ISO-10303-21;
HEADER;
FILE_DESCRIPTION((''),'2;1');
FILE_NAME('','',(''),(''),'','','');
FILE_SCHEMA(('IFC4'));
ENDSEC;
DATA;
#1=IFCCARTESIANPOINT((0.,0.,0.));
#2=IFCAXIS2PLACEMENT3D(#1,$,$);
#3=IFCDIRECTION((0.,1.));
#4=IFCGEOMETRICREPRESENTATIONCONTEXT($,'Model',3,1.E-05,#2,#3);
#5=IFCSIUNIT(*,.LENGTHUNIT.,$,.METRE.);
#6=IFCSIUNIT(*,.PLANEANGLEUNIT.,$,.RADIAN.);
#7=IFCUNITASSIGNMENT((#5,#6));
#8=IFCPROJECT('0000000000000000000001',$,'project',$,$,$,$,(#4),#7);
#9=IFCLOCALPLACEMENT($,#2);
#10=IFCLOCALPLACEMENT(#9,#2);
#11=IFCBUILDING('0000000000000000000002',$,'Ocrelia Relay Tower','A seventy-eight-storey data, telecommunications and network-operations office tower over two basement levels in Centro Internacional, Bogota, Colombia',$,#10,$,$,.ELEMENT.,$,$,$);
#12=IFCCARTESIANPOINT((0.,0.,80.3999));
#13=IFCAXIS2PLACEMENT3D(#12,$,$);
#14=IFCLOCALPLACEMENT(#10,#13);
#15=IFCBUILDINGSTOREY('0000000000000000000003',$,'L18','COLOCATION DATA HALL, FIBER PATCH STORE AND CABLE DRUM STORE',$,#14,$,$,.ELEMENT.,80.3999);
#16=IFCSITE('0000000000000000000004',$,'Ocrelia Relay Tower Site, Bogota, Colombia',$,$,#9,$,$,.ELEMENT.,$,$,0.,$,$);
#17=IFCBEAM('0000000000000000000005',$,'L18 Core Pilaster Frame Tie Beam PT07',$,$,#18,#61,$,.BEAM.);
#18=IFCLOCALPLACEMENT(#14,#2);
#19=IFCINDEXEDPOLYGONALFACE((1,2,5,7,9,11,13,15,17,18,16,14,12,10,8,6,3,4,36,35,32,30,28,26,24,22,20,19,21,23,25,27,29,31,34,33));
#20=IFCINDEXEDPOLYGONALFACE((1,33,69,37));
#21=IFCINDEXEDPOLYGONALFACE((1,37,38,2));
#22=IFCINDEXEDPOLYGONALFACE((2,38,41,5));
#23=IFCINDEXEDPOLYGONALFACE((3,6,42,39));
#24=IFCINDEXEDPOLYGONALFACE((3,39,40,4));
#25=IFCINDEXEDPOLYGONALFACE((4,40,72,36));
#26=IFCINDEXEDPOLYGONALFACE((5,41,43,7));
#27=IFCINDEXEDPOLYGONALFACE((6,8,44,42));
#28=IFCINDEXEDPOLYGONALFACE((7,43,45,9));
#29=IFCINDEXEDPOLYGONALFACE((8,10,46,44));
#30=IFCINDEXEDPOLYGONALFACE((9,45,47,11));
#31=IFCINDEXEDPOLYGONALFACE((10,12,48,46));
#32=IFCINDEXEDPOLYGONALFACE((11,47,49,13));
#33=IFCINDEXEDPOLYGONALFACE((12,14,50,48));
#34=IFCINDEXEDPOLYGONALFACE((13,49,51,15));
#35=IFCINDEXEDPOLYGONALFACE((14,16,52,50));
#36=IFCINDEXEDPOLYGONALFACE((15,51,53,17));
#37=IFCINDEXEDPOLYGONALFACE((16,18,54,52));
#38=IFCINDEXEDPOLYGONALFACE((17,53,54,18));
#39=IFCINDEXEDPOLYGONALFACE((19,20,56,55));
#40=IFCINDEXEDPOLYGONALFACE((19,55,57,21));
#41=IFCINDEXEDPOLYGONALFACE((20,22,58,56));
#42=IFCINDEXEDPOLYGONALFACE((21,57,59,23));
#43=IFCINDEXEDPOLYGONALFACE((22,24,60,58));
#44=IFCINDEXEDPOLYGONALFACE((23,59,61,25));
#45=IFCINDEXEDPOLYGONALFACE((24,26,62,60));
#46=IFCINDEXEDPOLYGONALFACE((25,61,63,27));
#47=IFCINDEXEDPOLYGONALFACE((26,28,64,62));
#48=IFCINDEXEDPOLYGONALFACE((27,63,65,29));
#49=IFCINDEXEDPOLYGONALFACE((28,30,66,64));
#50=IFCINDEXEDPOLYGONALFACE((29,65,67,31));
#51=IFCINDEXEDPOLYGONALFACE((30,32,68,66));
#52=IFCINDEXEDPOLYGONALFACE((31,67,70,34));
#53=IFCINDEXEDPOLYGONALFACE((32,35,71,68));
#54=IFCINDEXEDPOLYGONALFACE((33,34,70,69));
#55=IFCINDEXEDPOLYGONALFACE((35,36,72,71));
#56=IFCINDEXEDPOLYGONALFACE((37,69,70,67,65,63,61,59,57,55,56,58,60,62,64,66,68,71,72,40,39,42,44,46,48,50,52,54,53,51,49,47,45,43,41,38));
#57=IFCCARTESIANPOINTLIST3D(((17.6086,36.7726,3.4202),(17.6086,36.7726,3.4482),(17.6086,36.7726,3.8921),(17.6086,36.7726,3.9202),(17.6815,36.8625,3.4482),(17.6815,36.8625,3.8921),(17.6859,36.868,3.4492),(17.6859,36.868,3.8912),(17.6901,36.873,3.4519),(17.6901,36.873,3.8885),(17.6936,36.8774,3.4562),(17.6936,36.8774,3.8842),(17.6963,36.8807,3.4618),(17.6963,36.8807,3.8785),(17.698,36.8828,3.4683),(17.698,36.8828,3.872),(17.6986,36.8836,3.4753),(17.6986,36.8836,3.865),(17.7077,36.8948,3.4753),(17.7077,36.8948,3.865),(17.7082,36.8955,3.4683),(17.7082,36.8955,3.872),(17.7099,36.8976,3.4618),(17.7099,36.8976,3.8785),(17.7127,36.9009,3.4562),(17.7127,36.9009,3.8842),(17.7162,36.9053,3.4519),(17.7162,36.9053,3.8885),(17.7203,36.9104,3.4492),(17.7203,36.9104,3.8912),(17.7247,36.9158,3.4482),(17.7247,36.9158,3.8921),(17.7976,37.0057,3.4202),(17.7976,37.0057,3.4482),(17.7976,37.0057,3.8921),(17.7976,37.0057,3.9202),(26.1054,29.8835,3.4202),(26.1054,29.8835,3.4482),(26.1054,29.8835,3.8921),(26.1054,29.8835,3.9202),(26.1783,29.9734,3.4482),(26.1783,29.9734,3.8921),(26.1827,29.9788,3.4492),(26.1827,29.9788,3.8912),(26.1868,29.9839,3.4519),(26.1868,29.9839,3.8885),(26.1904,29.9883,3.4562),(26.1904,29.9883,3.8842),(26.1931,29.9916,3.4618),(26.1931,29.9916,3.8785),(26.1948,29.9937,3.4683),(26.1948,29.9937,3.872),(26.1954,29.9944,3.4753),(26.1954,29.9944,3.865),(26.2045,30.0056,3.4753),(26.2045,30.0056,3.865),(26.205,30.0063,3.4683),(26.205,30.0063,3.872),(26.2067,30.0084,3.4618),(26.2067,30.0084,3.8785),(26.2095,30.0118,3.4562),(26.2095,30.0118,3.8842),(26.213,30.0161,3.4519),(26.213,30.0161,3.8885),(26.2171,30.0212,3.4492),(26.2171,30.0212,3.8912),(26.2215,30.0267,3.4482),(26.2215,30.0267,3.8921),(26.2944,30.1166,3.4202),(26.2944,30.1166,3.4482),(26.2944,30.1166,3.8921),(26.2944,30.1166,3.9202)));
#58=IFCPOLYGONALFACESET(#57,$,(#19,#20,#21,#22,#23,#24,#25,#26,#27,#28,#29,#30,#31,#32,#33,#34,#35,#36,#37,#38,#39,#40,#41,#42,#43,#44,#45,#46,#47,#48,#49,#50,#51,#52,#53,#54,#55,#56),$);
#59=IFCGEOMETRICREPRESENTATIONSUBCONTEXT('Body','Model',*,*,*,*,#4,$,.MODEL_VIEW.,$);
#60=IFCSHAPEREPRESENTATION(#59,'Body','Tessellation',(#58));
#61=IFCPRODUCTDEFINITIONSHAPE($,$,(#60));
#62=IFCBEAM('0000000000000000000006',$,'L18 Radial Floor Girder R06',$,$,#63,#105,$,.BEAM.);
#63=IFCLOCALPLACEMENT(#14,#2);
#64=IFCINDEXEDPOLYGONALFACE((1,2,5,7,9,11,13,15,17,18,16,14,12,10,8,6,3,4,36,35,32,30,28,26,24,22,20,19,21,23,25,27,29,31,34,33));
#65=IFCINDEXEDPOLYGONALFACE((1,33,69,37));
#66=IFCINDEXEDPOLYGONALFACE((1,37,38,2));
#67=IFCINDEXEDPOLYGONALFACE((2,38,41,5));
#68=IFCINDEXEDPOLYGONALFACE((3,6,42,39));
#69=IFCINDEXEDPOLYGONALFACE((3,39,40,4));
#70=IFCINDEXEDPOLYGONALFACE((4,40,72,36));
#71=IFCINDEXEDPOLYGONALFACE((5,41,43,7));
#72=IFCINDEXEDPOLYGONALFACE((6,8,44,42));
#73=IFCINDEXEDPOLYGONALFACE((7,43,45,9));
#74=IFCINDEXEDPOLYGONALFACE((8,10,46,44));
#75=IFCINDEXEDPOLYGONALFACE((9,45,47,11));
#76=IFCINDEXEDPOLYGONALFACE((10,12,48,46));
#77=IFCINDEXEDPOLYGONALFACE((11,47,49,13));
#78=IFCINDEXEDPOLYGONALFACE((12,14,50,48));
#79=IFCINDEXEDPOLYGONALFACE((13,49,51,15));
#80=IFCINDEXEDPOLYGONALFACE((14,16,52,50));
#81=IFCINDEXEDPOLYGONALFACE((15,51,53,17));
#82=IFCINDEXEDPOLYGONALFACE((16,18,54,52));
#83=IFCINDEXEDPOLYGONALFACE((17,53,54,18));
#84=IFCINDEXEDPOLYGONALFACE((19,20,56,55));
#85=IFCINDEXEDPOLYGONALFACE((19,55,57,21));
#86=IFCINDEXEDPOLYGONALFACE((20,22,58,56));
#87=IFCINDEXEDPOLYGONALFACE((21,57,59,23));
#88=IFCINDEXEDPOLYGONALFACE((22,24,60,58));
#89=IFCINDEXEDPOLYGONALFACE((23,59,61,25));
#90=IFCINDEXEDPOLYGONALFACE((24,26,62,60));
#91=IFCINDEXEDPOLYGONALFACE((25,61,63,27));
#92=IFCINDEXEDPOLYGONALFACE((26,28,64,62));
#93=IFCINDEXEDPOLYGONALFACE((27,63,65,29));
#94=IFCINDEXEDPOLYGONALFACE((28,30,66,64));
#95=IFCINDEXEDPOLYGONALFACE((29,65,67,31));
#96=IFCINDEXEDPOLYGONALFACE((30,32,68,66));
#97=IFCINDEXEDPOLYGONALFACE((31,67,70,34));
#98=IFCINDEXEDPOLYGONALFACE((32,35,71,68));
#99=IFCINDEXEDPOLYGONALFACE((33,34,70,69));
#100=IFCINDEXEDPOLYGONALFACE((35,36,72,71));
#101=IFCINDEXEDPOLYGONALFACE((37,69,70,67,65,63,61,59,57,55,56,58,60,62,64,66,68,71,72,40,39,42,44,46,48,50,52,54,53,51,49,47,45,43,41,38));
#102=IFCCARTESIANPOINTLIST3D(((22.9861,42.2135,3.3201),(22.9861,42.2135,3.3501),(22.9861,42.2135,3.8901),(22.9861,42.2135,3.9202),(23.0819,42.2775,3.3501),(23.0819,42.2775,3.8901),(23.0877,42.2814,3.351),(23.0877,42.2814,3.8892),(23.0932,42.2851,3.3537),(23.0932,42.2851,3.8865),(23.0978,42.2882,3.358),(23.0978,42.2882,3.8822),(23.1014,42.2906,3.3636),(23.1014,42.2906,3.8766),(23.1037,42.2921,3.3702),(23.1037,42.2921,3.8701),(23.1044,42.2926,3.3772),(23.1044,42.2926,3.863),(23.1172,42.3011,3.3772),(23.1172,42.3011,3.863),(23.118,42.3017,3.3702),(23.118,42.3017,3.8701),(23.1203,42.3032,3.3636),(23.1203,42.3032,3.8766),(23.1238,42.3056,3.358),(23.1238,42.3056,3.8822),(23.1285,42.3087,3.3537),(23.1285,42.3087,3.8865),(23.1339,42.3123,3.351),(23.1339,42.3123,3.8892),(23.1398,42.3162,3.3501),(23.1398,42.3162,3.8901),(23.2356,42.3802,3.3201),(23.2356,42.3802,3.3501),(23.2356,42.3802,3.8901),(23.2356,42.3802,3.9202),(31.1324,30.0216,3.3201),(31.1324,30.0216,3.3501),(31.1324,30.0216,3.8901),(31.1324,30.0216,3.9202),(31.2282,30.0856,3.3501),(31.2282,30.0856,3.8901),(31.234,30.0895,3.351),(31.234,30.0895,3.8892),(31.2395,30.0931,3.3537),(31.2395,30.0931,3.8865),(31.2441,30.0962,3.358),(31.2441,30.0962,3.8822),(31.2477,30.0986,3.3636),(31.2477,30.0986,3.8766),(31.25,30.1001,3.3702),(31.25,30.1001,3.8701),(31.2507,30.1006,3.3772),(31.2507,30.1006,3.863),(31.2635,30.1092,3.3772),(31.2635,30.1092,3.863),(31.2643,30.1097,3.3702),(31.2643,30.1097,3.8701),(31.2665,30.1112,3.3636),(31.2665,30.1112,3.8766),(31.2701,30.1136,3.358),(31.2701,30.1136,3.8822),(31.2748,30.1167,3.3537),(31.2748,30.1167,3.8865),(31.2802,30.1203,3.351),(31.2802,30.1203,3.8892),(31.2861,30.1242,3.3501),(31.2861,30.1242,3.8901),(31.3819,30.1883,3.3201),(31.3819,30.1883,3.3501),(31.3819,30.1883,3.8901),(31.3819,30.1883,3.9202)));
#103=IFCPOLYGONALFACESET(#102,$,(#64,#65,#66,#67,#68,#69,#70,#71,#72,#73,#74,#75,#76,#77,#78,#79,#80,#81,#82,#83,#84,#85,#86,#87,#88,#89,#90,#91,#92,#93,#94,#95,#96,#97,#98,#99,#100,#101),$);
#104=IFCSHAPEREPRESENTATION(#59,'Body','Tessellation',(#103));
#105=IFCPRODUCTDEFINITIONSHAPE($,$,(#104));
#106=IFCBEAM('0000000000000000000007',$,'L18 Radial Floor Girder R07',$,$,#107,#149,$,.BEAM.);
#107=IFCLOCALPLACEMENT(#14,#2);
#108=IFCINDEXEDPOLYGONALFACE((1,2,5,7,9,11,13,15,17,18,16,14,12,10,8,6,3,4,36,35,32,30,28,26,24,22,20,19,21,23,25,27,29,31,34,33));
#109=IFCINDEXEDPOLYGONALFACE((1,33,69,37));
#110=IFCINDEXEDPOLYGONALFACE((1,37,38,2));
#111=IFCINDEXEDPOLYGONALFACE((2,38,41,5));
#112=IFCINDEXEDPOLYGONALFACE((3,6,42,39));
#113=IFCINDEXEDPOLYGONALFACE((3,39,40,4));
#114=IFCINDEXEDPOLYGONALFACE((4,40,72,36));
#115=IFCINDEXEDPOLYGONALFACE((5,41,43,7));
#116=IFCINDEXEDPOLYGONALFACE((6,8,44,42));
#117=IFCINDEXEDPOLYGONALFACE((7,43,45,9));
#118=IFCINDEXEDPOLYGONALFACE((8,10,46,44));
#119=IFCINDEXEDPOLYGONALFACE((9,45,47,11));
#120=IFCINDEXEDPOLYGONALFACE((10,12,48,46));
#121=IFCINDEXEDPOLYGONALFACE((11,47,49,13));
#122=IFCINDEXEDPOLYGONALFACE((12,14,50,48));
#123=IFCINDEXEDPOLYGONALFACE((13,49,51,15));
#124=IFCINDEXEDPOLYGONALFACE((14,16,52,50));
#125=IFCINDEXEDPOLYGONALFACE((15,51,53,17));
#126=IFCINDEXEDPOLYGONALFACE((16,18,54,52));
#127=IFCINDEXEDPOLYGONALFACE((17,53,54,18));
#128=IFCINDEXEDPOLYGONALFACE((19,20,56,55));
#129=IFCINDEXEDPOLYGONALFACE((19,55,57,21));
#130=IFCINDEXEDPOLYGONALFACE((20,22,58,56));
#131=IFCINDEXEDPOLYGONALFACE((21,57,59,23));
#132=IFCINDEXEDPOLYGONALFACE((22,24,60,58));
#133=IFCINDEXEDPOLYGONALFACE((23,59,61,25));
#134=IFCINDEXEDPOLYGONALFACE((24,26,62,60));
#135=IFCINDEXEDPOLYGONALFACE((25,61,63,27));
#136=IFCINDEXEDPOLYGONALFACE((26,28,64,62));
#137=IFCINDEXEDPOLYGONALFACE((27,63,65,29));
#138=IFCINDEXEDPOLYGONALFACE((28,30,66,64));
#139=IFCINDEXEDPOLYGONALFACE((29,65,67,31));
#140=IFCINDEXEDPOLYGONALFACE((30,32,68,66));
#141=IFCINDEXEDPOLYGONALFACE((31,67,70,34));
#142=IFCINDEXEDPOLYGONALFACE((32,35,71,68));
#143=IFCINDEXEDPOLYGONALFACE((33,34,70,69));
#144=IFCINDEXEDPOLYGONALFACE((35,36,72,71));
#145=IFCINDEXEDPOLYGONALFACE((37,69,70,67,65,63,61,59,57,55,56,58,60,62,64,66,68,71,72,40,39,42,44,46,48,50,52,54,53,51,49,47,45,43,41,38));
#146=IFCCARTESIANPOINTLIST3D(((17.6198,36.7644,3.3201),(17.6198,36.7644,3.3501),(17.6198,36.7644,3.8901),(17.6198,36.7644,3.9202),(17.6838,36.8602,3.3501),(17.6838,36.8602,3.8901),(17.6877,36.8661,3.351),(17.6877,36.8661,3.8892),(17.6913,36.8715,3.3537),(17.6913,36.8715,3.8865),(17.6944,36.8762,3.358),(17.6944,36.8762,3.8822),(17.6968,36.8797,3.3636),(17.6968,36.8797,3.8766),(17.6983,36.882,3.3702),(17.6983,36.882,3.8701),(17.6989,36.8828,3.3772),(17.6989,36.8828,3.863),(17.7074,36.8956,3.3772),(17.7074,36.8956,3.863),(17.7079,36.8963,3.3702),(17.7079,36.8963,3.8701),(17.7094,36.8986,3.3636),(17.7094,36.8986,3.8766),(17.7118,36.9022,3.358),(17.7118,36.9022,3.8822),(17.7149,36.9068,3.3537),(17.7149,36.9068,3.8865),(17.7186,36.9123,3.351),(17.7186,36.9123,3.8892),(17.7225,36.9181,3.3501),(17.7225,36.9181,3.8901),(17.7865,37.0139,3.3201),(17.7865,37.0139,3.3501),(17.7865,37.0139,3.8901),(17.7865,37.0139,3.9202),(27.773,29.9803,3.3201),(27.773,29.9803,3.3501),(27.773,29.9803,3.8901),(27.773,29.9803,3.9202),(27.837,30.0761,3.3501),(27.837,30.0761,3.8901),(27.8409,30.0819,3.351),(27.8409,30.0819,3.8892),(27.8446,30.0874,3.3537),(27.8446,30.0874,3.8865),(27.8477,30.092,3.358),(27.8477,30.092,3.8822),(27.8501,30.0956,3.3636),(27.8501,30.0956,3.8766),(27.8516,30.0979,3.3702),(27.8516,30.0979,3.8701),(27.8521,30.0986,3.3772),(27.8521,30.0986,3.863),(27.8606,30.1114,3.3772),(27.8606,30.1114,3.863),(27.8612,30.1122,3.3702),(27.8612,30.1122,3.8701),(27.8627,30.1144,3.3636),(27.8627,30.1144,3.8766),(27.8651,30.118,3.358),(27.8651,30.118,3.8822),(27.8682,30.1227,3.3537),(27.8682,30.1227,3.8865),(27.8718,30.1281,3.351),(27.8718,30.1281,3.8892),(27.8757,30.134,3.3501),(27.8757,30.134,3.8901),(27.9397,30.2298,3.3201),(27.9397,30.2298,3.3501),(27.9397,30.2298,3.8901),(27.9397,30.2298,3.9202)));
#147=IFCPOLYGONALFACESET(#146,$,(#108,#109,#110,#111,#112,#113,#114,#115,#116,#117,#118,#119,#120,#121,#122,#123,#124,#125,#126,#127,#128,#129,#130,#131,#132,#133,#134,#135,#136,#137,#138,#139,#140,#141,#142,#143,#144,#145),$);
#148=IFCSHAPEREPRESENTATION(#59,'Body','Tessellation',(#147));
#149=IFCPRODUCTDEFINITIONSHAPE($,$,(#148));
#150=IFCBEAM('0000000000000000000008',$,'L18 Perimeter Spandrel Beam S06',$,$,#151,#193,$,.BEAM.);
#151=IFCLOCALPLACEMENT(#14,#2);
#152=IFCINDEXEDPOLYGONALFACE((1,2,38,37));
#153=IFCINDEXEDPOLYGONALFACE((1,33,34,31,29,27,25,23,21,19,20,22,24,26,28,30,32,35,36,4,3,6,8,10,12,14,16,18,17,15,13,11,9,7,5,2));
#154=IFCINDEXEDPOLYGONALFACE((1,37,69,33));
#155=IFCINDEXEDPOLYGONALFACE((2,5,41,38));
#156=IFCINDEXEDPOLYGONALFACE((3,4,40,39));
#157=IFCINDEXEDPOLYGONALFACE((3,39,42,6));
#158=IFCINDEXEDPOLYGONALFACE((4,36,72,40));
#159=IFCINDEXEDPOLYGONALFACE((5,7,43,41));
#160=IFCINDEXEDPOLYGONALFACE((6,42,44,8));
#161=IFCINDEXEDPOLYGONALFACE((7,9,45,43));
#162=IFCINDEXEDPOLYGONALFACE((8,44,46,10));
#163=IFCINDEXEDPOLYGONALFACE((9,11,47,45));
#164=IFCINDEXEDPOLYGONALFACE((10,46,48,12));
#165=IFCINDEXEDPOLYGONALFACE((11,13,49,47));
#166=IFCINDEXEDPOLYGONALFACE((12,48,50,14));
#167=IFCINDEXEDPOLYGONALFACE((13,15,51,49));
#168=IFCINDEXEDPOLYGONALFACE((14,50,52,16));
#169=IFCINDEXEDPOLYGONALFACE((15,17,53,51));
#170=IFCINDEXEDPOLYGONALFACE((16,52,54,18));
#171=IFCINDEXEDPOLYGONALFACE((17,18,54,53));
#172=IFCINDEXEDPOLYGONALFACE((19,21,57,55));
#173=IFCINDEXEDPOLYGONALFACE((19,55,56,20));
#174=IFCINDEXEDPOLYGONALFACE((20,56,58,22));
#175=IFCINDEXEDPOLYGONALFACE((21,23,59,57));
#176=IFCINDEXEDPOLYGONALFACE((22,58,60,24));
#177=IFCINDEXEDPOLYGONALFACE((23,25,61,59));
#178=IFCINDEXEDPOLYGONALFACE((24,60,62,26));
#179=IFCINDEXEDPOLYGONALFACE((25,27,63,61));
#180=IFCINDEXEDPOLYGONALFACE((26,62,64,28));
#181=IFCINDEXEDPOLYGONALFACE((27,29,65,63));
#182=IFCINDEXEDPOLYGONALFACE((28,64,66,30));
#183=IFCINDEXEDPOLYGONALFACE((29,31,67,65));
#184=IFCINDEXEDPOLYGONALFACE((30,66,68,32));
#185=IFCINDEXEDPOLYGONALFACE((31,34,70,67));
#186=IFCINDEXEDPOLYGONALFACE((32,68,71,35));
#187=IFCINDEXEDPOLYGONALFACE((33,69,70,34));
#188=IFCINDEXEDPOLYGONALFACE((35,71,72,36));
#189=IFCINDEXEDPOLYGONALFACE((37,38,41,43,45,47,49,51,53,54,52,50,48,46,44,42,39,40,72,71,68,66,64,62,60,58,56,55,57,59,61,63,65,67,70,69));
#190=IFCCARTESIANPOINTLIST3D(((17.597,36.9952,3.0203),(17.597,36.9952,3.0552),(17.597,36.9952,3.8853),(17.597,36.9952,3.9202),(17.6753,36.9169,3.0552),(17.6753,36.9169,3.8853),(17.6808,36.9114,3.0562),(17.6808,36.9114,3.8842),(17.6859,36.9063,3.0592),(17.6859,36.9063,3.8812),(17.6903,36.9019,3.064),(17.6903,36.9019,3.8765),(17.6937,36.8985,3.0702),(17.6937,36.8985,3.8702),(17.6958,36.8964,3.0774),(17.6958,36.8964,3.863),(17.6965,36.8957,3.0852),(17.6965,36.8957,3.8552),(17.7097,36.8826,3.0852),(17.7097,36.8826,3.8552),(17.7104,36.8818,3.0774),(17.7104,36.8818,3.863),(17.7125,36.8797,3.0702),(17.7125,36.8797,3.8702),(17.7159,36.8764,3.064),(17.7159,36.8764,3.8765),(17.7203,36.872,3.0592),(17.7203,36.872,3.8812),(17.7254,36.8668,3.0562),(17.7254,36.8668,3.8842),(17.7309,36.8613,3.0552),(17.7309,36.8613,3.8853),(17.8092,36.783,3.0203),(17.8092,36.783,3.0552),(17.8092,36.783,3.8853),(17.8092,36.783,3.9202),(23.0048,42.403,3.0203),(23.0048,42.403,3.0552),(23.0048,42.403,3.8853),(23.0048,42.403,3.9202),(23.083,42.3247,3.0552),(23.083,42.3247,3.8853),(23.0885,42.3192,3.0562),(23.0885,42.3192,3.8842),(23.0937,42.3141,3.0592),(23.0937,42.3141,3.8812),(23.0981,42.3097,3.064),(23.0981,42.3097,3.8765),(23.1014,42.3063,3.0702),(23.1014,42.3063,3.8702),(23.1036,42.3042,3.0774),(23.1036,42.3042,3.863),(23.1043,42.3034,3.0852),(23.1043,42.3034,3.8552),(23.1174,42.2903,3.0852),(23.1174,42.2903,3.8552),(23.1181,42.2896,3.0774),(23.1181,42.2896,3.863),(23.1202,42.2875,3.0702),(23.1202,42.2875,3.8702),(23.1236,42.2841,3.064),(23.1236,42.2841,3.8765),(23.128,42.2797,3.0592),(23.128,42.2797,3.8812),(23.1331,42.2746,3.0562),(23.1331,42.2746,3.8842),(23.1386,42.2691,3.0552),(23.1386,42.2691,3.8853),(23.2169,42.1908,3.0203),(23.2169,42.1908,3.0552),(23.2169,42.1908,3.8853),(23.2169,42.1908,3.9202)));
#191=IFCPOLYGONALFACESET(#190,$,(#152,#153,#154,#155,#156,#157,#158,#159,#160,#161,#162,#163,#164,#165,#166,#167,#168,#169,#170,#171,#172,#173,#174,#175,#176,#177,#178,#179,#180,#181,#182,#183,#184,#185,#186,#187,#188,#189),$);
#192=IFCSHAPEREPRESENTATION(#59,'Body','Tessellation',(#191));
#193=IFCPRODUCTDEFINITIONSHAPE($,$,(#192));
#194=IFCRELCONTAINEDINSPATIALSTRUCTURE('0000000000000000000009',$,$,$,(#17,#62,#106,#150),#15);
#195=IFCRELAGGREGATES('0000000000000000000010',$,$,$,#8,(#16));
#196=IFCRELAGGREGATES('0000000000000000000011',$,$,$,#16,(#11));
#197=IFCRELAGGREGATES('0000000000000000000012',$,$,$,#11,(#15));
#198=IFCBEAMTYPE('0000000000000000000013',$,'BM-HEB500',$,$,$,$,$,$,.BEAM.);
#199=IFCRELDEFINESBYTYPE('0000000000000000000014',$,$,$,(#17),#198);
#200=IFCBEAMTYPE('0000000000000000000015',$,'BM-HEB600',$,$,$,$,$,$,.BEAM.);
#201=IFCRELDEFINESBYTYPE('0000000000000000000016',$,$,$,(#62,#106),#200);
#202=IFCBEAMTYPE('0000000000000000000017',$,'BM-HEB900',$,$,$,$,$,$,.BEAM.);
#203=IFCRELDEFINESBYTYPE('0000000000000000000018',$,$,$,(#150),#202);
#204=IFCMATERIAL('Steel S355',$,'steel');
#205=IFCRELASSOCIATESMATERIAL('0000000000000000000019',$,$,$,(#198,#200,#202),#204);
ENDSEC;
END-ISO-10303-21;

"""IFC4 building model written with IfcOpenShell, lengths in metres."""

from ifc_helpers import new_model, si_unit, direction, frame, origin, origin_2d, place, context, subcontext, project, spatial, i_section, extrude, material, material_profile, profile_set, type_object, element, save


model = new_model("IFC4")

# Units and contexts
model_context = context("Model", 3, precision=1e-05, world=origin(), true_north=direction((0.0, 1.0)))
body_context = subcontext(model_context, "Body", "Model", "MODEL_VIEW")
ifc_project = project(units=[si_unit("LENGTHUNIT", "METRE"), si_unit("PLANEANGLEUNIT", "RADIAN")], contexts=[model_context])

# Site, building, storey
site_placement = place(None, origin())
site = spatial("IfcSite", under=ifc_project, at=site_placement, Name="Ocrelia Relay Tower Site, Bogota, Colombia", CompositionType="ELEMENT", RefElevation=0.0)
building_placement = place(site_placement, origin())
building = spatial("IfcBuilding", under=site, at=building_placement, Name="Ocrelia Relay Tower", Description="A seventy-eight-storey data, telecommunications and network-operations office tower over two basement levels in Centro Internacional, Bogota, Colombia", CompositionType="ELEMENT")
storey_placement = place(building_placement, frame((0.0, 0.0, 80.3999)))
storey = spatial("IfcBuildingStorey", under=building, at=storey_placement, Name="L18", Description="COLOCATION DATA HALL, FIBER PATCH STORE AND CABLE DRUM STORE", CompositionType="ELEMENT", Elevation=80.3999)

# Beams
ifc_material_1 = material(Name="Steel S355", Category="steel")
ifc_material_profile_1 = material_profile(ifc_material_1, i_section(OverallWidth=0.3, OverallDepth=0.5, WebThickness=0.0144, FlangeThickness=0.0281, FilletRadius=0.0271, at=origin_2d()), Name="HEB 500")
ifc_profile_set_1 = profile_set([ifc_material_profile_1], Name="Steel S355")
beam_type_1 = type_object("IfcBeamType", Name="BM-HEB500", PredefinedType="BEAM", material=ifc_profile_set_1)
beam_1_placement = place(storey_placement, frame((17.7031, 36.8892, 3.6702), z_axis=(0.776763, -0.629793, 0.0), x_axis=(0.629793, 0.776763, 0.0)))
element("IfcBeam", 1, at=beam_1_placement, inside=storey, type_object=beam_type_1, Name="L18 Core Pilaster Frame Tie Beam PT07", PredefinedType="BEAM", context=body_context, shape_type="SweptSolid", body=[
    extrude(i_section(OverallWidth=0.3, OverallDepth=0.5, WebThickness=0.0144, FlangeThickness=0.0281, FilletRadius=0.0271, at=origin_2d()), origin(), (0.0, 0.0, 1.0), 10.9387),
])
ifc_material_profile_2 = material_profile(ifc_material_1, i_section(OverallWidth=0.3, OverallDepth=0.6001, WebThickness=0.0154, FlangeThickness=0.03, FilletRadius=0.0271, at=origin_2d()), Name="HEB 600")
ifc_profile_set_2 = profile_set([ifc_material_profile_2], Name="Steel S355")
beam_type_2 = type_object("IfcBeamType", Name="BM-HEB600", PredefinedType="BEAM", material=ifc_profile_set_2)
beam_2_placement = place(storey_placement, frame((23.1108, 42.2969, 3.6201), z_axis=(0.555564, -0.831473, 0.0), x_axis=(0.831473, 0.555564, 0.0)))
element("IfcBeam", 2, at=beam_2_placement, inside=storey, type_object=beam_type_2, Name="L18 Radial Floor Girder R06", PredefinedType="BEAM", context=body_context, shape_type="SweptSolid", body=[
    extrude(i_section(OverallWidth=0.3, OverallDepth=0.6001, WebThickness=0.0154, FlangeThickness=0.03, FilletRadius=0.0271, at=origin_2d()), origin(), (0.0, 0.0, 1.0), 14.6631),
])
beam_3_placement = place(storey_placement, frame((17.7031, 36.8892, 3.6201), z_axis=(0.831472, -0.555567, 0.0), x_axis=(0.555567, 0.831472, 0.0)))
element("IfcBeam", 3, at=beam_3_placement, inside=storey, type_object=beam_type_2, Name="L18 Radial Floor Girder R07", PredefinedType="BEAM", context=body_context, shape_type="SweptSolid", body=[
    extrude(i_section(OverallWidth=0.3, OverallDepth=0.6001, WebThickness=0.0154, FlangeThickness=0.03, FilletRadius=0.0271, at=origin_2d()), origin(), (0.0, 0.0, 1.0), 12.2112),
])
ifc_material_profile_3 = material_profile(ifc_material_1, i_section(OverallWidth=0.3, OverallDepth=0.8999, WebThickness=0.0186, FlangeThickness=0.0349, FilletRadius=0.03, at=origin_2d()), Name="HEB 900")
ifc_profile_set_3 = profile_set([ifc_material_profile_3], Name="Steel S355")
beam_type_3 = type_object("IfcBeamType", Name="BM-HEB900", PredefinedType="BEAM", material=ifc_profile_set_3)
beam_4_placement = place(storey_placement, frame((23.1108, 42.2969, 3.4702), z_axis=(-0.707107, -0.707107, 0.0), x_axis=(0.707107, -0.707107, 0.0)))
element("IfcBeam", 4, at=beam_4_placement, inside=storey, type_object=beam_type_3, Name="L18 Perimeter Spandrel Beam S06", PredefinedType="BEAM", context=body_context, shape_type="SweptSolid", body=[
    extrude(i_section(OverallWidth=0.3, OverallDepth=0.8999, WebThickness=0.0186, FlangeThickness=0.0349, FilletRadius=0.03, at=origin_2d()), origin(), (0.0, 0.0, 1.0), 7.6477),
])

save(model, "model.ifc")
